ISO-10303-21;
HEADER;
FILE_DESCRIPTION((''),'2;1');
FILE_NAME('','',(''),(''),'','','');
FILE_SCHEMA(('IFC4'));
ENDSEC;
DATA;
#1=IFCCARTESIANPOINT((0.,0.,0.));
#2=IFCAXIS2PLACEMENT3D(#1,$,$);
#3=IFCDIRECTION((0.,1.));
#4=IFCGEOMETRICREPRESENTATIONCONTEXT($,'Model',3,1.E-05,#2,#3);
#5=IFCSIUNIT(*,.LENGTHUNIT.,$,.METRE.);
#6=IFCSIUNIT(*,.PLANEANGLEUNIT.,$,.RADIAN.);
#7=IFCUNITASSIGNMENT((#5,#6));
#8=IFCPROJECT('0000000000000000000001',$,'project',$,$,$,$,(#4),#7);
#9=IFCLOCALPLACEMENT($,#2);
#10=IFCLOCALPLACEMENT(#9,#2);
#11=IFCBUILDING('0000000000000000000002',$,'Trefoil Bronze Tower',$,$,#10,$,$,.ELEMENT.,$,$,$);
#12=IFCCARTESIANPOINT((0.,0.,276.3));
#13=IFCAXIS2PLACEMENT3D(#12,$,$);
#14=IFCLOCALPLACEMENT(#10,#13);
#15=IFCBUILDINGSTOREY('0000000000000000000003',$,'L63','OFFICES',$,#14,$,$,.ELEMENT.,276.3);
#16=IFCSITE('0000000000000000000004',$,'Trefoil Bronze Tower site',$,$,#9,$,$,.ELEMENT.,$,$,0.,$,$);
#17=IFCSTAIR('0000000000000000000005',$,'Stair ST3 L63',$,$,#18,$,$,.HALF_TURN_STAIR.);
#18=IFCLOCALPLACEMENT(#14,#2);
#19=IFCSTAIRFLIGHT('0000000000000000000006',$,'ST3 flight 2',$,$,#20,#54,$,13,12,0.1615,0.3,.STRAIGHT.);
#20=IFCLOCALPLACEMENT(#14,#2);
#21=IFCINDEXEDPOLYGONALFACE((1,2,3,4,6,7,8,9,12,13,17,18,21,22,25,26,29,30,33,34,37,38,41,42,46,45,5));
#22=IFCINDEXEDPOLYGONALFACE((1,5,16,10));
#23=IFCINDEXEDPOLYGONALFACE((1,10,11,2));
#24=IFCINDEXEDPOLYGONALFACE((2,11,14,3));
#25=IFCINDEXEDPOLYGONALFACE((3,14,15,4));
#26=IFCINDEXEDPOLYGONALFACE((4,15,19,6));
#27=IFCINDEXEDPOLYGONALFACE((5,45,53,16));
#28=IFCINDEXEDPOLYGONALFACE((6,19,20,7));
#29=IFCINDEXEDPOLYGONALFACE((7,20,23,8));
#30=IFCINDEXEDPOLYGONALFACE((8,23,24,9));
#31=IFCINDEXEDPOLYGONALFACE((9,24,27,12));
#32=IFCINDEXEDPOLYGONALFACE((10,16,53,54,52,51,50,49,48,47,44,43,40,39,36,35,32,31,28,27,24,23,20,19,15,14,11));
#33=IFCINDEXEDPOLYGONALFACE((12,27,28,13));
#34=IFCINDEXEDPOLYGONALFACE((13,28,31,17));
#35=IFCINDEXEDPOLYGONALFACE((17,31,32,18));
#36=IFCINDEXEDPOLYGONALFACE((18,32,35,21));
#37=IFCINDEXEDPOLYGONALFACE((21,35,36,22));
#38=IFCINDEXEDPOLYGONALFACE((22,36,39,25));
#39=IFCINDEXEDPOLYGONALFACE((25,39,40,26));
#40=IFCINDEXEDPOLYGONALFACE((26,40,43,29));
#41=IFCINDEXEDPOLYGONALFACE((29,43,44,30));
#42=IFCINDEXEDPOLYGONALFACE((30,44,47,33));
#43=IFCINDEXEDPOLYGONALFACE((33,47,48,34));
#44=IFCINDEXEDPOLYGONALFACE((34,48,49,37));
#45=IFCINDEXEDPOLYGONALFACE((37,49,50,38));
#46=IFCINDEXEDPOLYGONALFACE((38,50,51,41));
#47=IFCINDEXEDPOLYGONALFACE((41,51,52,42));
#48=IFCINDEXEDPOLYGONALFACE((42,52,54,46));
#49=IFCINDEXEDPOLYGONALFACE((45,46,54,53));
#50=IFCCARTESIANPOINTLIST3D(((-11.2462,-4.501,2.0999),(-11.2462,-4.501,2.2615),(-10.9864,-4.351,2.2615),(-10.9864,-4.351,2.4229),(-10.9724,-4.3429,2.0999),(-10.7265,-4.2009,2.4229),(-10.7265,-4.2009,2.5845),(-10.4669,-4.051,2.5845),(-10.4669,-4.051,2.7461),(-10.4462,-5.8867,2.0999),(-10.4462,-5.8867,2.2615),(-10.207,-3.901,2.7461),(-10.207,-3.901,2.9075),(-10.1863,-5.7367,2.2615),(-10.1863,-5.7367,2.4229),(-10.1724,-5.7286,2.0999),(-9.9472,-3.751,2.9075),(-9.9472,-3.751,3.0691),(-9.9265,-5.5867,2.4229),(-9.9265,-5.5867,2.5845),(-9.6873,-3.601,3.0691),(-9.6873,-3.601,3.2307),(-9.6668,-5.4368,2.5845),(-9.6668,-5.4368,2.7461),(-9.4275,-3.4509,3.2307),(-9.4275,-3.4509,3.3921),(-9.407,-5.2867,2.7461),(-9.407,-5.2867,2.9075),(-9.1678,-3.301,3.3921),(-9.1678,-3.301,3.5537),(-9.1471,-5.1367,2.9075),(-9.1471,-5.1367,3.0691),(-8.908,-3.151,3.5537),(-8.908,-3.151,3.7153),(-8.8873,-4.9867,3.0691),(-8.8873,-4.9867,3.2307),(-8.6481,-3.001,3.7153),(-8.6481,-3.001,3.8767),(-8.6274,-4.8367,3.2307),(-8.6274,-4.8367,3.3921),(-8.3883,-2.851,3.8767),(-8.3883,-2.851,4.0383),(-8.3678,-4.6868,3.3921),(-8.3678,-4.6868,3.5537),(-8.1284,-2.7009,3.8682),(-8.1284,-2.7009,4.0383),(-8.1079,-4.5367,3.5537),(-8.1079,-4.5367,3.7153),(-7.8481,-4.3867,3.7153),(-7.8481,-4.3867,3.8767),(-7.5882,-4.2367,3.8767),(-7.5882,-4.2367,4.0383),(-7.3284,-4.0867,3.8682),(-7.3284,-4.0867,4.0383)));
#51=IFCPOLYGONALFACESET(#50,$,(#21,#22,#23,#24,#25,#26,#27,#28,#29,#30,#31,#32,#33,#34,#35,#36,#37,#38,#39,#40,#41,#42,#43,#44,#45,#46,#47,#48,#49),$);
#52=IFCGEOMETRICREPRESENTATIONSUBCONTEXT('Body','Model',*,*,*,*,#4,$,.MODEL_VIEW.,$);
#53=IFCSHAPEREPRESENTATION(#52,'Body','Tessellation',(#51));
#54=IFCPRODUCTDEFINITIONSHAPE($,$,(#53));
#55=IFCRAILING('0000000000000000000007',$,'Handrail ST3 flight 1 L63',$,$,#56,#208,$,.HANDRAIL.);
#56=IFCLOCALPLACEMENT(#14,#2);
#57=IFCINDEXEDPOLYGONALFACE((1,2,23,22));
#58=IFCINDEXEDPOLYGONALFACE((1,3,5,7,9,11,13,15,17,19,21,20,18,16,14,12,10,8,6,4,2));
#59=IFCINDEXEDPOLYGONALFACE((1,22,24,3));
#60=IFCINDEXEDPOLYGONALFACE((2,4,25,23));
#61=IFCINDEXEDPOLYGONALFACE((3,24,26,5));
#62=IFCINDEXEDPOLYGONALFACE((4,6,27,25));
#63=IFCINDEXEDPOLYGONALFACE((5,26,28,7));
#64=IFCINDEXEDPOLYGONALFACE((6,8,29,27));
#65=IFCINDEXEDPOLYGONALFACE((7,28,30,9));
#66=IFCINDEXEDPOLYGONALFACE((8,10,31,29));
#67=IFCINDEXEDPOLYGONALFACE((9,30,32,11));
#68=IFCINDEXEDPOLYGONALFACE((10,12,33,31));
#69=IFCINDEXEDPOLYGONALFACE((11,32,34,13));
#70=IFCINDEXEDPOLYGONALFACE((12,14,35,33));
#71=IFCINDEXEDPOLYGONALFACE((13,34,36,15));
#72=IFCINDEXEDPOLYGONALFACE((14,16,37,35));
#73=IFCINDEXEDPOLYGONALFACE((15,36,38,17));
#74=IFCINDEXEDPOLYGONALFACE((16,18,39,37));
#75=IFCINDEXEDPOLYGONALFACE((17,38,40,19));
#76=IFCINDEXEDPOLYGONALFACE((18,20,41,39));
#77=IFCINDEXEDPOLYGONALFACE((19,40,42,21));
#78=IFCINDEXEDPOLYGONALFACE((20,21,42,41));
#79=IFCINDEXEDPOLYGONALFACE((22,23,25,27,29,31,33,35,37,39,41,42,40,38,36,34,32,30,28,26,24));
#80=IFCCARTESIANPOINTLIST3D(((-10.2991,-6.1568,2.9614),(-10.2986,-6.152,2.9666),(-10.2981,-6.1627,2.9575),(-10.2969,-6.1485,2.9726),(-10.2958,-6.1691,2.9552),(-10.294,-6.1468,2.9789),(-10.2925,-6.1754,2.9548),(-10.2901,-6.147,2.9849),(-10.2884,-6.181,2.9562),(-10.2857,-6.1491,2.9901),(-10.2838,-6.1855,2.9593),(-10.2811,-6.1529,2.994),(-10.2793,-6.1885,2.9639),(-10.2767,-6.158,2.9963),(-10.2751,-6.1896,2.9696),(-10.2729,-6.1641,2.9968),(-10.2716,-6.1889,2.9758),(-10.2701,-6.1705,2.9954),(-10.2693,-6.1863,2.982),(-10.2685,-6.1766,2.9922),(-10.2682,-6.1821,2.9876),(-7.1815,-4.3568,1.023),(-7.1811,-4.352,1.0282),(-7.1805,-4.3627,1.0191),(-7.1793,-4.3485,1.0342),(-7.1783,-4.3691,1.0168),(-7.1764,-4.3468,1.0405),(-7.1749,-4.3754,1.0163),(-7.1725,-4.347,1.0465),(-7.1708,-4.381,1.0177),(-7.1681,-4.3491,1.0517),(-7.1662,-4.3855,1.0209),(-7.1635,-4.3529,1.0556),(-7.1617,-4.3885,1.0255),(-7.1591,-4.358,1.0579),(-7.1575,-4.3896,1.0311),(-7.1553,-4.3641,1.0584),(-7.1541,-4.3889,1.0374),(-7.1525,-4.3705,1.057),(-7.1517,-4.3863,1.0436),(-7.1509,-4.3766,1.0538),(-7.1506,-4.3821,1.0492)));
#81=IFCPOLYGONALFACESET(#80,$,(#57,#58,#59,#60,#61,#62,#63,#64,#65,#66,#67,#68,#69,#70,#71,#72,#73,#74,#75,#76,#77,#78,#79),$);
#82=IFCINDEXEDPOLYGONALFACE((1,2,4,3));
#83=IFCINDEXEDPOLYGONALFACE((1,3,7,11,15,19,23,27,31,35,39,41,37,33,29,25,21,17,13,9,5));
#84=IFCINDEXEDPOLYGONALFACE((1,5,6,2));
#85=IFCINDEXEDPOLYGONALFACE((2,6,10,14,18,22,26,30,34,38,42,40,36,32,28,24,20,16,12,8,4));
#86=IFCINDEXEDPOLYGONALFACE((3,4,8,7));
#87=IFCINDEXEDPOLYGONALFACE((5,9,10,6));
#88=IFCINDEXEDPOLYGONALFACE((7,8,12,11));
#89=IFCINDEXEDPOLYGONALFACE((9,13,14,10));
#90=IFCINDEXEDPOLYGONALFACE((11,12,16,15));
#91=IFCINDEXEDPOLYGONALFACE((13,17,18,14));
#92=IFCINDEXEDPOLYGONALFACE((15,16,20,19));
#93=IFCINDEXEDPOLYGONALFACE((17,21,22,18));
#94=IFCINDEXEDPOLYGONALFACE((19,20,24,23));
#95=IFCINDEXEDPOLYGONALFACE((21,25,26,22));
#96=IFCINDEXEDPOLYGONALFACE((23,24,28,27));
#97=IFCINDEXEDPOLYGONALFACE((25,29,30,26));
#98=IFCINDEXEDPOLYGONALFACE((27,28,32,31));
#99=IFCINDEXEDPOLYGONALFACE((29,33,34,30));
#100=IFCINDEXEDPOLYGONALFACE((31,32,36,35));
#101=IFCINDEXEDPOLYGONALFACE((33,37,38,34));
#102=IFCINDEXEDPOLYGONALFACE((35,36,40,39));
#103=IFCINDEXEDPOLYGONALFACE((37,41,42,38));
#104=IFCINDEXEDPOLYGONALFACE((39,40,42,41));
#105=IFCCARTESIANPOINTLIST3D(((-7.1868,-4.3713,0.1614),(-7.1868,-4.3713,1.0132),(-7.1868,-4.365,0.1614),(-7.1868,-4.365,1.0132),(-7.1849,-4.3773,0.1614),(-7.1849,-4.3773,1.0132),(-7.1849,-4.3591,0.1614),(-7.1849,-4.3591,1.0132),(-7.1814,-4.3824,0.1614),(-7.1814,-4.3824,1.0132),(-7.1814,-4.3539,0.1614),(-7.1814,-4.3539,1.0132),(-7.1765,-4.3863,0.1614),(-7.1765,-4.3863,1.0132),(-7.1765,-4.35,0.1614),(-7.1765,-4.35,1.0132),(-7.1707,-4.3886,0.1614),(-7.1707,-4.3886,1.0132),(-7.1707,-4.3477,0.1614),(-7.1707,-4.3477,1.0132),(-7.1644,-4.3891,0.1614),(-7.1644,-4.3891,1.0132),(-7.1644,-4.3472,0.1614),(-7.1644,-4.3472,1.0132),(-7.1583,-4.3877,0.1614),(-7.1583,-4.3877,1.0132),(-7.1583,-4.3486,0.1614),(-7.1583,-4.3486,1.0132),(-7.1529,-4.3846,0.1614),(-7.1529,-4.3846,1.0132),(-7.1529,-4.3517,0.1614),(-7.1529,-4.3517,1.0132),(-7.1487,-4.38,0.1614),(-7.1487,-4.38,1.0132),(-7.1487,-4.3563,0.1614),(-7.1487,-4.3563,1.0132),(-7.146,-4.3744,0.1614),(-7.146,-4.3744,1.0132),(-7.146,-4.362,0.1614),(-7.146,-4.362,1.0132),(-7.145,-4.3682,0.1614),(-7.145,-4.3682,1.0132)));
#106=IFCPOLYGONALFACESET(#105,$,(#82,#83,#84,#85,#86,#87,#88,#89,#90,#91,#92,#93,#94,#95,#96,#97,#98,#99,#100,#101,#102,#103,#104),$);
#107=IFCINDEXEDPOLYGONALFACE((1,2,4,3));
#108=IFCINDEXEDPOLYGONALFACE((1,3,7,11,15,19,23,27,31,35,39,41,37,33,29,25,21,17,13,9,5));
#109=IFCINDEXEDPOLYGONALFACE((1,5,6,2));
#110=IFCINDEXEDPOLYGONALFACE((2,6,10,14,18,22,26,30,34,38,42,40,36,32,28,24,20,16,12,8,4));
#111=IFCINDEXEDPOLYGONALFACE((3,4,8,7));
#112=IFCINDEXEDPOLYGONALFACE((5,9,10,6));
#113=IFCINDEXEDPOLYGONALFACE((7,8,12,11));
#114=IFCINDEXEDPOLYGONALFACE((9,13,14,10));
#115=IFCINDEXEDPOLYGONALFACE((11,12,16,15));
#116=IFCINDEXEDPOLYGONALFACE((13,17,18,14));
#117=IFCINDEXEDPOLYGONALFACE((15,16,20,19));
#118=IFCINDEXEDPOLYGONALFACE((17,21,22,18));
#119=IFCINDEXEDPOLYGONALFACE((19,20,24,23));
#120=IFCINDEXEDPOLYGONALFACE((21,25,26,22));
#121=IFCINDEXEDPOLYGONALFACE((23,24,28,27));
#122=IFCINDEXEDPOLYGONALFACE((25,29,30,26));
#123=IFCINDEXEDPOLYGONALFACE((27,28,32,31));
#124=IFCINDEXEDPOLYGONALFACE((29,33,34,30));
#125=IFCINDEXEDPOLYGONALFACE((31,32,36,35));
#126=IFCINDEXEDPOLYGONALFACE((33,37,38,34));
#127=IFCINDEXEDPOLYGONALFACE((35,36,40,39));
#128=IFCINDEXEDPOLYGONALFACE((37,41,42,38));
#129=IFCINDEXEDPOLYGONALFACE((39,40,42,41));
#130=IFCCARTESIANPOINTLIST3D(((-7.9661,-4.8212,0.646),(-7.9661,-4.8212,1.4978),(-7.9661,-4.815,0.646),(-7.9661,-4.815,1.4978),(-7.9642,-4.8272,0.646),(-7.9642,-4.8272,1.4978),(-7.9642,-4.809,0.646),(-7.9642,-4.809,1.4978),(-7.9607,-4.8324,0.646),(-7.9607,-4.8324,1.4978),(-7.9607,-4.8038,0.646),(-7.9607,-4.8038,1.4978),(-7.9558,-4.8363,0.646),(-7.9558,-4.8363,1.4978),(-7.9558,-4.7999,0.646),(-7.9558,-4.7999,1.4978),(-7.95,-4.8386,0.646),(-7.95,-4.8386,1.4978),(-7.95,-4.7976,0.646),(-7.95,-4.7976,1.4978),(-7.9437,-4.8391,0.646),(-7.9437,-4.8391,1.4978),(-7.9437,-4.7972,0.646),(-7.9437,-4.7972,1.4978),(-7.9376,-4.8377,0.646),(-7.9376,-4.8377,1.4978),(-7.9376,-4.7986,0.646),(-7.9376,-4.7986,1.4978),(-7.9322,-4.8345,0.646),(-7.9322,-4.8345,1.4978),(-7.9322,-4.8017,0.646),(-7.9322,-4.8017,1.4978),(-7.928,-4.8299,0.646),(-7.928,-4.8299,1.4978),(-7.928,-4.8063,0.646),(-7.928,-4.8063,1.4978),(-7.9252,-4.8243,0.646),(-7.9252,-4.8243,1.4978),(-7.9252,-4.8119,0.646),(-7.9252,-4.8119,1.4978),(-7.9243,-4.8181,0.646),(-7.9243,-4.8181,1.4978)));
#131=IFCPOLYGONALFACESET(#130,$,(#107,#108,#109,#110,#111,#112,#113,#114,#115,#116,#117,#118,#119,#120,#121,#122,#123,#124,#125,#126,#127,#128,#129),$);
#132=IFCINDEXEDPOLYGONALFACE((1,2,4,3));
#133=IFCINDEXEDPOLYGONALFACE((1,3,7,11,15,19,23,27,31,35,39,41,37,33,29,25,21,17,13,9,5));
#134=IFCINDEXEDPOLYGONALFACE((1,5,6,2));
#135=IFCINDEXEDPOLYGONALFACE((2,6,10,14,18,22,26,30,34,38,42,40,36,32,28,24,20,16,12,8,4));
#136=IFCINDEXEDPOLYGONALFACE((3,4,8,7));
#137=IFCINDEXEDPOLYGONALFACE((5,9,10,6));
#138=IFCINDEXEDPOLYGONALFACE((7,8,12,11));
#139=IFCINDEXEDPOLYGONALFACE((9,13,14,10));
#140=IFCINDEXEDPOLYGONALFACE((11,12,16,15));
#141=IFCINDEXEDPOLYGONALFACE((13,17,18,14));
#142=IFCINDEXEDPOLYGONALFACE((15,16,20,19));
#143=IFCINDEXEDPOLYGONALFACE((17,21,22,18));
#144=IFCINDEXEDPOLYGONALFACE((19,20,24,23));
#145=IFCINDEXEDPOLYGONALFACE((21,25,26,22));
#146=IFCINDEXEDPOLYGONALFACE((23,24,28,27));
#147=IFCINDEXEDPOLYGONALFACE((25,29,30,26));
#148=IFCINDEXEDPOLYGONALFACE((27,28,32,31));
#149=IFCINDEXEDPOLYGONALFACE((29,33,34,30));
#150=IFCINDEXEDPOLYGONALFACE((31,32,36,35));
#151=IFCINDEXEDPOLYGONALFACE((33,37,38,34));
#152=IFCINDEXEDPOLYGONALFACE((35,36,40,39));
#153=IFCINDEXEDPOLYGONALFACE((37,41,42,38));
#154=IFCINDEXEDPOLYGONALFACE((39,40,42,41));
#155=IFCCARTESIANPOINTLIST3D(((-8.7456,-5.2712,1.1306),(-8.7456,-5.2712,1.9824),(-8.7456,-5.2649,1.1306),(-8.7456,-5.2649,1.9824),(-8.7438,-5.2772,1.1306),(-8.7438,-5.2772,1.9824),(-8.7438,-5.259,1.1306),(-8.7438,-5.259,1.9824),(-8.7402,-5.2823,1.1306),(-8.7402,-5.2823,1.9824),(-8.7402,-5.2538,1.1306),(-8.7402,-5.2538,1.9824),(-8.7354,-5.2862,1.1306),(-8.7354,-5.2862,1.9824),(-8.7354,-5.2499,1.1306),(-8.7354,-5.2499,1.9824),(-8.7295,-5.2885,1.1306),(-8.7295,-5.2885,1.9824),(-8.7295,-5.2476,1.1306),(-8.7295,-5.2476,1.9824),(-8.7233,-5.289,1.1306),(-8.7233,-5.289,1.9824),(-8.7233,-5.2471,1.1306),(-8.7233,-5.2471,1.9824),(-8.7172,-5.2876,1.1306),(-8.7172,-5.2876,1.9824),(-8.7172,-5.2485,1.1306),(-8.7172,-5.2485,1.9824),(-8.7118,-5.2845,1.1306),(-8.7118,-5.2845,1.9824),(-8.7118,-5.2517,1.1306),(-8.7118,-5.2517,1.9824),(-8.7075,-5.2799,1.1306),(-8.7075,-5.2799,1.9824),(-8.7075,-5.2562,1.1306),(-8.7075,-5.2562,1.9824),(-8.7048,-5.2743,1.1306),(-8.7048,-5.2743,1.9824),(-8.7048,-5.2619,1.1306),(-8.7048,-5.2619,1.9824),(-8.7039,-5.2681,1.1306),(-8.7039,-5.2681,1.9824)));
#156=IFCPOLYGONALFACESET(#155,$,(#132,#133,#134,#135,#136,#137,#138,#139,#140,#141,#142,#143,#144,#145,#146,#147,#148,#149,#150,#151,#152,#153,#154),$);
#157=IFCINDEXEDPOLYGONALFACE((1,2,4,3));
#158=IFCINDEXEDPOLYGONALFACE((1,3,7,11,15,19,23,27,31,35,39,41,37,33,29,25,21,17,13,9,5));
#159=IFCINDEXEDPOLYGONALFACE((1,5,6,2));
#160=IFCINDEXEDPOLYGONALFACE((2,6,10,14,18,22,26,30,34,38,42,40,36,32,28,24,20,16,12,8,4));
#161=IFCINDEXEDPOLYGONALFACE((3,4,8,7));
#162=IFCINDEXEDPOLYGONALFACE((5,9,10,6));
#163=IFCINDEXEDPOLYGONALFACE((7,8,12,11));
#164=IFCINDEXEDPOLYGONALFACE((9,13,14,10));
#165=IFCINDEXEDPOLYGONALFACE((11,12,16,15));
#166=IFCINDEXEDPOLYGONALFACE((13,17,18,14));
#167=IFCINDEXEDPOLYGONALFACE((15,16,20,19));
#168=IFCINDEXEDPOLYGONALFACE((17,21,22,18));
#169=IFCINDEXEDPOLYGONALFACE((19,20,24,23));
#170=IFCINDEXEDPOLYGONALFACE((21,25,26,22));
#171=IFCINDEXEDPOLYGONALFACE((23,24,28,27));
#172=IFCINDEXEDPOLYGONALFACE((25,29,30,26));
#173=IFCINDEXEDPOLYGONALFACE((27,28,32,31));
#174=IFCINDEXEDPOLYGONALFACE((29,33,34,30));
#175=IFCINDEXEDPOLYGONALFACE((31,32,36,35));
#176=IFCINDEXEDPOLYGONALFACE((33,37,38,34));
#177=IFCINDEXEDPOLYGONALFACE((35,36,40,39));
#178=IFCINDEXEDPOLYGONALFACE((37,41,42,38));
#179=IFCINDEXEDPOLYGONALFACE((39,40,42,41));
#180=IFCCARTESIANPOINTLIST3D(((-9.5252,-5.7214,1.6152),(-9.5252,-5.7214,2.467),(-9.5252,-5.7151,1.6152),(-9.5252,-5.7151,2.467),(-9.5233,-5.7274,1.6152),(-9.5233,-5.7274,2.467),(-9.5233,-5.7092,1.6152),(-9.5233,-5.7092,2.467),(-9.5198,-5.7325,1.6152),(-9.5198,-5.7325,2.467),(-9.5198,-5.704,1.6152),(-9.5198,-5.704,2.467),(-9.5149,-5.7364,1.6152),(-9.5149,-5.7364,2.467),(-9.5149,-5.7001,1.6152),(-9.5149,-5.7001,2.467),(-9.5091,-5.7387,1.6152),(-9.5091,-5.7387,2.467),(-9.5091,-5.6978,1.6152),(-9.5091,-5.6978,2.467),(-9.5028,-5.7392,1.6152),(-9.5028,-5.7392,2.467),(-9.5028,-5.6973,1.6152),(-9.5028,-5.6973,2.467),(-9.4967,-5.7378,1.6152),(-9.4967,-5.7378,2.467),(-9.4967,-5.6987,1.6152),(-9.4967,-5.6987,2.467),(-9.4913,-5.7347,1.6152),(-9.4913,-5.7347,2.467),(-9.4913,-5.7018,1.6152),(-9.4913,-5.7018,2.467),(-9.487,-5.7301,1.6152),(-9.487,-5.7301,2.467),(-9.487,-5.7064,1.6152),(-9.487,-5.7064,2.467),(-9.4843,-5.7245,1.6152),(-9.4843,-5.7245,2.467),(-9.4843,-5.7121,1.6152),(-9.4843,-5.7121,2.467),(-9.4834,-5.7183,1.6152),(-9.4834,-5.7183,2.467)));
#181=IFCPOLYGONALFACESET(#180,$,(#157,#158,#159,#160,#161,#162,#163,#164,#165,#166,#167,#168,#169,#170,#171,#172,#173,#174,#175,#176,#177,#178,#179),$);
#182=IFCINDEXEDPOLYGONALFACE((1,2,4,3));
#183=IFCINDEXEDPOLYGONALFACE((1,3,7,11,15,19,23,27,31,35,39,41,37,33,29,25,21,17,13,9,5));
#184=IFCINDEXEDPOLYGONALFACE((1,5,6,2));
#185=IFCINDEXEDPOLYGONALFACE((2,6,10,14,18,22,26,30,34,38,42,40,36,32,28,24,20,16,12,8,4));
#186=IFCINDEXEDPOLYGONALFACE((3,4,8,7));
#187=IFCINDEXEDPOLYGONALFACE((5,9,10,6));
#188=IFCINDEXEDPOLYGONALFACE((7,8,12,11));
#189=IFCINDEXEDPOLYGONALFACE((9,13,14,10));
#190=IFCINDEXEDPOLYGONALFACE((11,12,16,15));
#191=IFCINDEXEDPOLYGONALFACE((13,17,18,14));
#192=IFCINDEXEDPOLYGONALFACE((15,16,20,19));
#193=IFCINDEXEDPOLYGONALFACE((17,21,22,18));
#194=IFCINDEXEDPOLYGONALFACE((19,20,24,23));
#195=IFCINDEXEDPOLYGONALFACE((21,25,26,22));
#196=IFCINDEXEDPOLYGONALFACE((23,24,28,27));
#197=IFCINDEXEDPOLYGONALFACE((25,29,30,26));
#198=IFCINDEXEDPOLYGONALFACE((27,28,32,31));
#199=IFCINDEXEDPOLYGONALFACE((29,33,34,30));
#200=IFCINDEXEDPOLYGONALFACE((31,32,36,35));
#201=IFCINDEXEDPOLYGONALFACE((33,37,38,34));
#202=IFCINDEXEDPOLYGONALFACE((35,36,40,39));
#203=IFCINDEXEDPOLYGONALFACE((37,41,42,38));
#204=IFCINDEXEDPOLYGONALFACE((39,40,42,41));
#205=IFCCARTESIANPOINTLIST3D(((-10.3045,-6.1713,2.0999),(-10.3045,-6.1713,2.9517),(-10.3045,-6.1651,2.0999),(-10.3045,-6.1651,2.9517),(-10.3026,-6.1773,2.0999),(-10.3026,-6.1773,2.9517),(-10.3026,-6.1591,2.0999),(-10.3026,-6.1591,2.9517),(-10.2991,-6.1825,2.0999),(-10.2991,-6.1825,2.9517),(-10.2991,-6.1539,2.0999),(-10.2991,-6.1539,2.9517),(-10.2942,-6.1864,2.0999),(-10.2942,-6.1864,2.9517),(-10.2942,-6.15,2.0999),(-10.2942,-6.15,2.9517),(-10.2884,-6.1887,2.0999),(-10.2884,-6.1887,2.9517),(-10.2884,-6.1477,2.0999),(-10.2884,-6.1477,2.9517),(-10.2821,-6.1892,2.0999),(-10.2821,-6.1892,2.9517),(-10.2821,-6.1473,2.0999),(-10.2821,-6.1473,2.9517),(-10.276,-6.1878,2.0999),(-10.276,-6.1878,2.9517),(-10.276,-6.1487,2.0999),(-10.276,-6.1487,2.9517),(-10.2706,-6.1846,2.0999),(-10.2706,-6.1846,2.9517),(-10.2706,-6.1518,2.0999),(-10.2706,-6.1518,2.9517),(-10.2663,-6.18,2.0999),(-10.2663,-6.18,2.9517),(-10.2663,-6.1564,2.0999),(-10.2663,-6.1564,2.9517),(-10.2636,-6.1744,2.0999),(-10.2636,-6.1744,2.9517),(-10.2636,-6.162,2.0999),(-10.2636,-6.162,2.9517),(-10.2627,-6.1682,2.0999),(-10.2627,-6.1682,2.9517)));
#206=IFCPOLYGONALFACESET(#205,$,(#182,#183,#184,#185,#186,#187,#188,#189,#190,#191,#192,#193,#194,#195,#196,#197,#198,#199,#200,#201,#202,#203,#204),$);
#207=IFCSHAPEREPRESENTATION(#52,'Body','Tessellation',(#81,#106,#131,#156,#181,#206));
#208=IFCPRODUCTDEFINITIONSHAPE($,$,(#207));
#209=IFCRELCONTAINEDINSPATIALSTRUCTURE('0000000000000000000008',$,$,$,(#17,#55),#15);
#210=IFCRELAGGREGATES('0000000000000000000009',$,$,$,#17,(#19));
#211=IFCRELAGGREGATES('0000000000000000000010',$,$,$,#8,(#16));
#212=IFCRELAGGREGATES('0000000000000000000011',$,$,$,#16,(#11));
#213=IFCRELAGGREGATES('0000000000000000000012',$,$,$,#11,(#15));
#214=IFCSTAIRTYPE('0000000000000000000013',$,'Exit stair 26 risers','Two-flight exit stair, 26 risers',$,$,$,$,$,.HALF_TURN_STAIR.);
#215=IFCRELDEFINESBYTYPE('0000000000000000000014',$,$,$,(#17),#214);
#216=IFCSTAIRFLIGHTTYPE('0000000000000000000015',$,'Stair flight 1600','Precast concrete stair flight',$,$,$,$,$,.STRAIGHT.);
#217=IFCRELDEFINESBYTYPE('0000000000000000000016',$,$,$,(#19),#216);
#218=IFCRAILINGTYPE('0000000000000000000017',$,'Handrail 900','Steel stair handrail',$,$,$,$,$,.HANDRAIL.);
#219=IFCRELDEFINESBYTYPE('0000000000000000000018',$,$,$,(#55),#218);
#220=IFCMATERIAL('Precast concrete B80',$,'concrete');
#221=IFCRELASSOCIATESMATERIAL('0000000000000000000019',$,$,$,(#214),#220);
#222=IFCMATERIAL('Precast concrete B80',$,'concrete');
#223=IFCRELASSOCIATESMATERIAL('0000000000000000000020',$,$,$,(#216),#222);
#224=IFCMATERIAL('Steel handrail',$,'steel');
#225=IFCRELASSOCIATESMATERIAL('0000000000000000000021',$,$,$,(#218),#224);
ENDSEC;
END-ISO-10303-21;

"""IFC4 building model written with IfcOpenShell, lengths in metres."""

from ifc_helpers import new_model, si_unit, direction, frame, origin, origin_2d, place, context, subcontext, project, spatial, polyline, circle, outline, extrude, material, type_object, element, aggregate, save


model = new_model("IFC4")

# Units and contexts
model_context = context("Model", 3, precision=1e-05, world=origin(), true_north=direction((0.0, 1.0)))
body_context = subcontext(model_context, "Body", "Model", "MODEL_VIEW")
ifc_project = project(units=[si_unit("LENGTHUNIT", "METRE"), si_unit("PLANEANGLEUNIT", "RADIAN")], contexts=[model_context])

# Site, building, storey
site_placement = place(None, origin())
site = spatial("IfcSite", under=ifc_project, at=site_placement, Name="Trefoil Bronze Tower site", CompositionType="ELEMENT", RefElevation=0.0)
building_placement = place(site_placement, origin())
building = spatial("IfcBuilding", under=site, at=building_placement, Name="Trefoil Bronze Tower", CompositionType="ELEMENT")
storey_placement = place(building_placement, frame((0.0, 0.0, 276.3)))
storey = spatial("IfcBuildingStorey", under=building, at=storey_placement, Name="L63", Description="OFFICES", CompositionType="ELEMENT", Elevation=276.3)

# Stair, stair flight
ifc_material_1 = material(Name="Precast concrete B80", Category="concrete")
stair_type = type_object("IfcStairType", Name="Exit stair 26 risers", Description="Two-flight exit stair, 26 risers", PredefinedType="HALF_TURN_STAIR", material=ifc_material_1)
stair_placement = place(storey_placement, origin())
stair = element("IfcStair", 1, at=stair_placement, inside=storey, type_object=stair_type, Name="Stair ST3 L63", PredefinedType="HALF_TURN_STAIR")
ifc_material_2 = material(Name="Precast concrete B80", Category="concrete")
stair_flight_type = type_object("IfcStairFlightType", Name="Stair flight 1600", Description="Precast concrete stair flight", PredefinedType="STRAIGHT", material=ifc_material_2)
stair_flight_1_placement = place(storey_placement, frame((-10.8462, -5.1938, 2.0999), z_axis=(0.0, 0.0, 1.0), x_axis=(0.866025, 0.5, 0.0)))
stair_flight_1 = element("IfcStairFlight", 2, at=stair_flight_1_placement, type_object=stair_flight_type, Name="ST3 flight 2", NumberOfRisers=13, NumberOfTreads=12, PredefinedType="STRAIGHT", RiserHeight=0.1615, TreadLength=0.3, context=body_context, shape_type="SweptSolid", body=[
    extrude(outline(polyline([(0.0, 0.0), (0.0, 0.1616), (0.3, 0.1616), (0.3, 0.323), (0.6001, 0.323), (0.6001, 0.4846), (0.8999, 0.4846), (0.8999, 0.6462), (1.2, 0.6462), (1.2, 0.8076), (1.5, 0.8076), (1.5, 0.9692), (1.8, 0.9692), (1.8, 1.1309), (2.1001, 1.1309), (2.1001, 1.2922), (2.3999, 1.2922), (2.3999, 1.4539), (2.7, 1.4539), (2.7, 1.6155), (3.0, 1.6155), (3.0, 1.7769), (3.3, 1.7769), (3.3, 1.9385), (3.6001, 1.9385), (3.6001, 2.1001), (3.6001, 1.7683), (0.3162, 0.0), (0.0, 0.0)])), frame((0.0, 0.8, 0.0), z_axis=(0.0, -1.0, 0.0), x_axis=(1.0, 0.0, 0.0)), (0.0, 0.0, 1.0), 1.6001),
])
aggregate(stair, [stair_flight_1])

# Railing
ifc_material_3 = material(Name="Steel handrail", Category="steel")
railing_type = type_object("IfcRailingType", Name="Handrail 900", Description="Steel stair handrail", PredefinedType="HANDRAIL", material=ifc_material_3)
railing_placement = place(storey_placement, frame((-7.166, -4.3682, 0.1614)))
element("IfcRailing", 3, at=railing_placement, inside=storey, type_object=railing_type, Name="Handrail ST3 flight 1 L63", PredefinedType="HANDRAIL", context=body_context, shape_type="SweptSolid", body=[
    extrude(circle(Radius=0.0239, at=origin_2d()), frame((0.0, 0.0, 0.876), z_axis=(-0.762503, -0.440246, 0.474102), x_axis=(0.500012, -0.866018, 0.0)), (0.0, 0.0, 1.0), 4.0886),
    extrude(circle(Radius=0.021, at=origin_2d()), origin(), (0.0, 0.0, 1.0), 0.8518),
    extrude(circle(Radius=0.021, at=origin_2d()), frame((-0.7793, -0.45, 0.4846)), (0.0, 0.0, 1.0), 0.8518),
    extrude(circle(Radius=0.021, at=origin_2d()), frame((-1.5588, -0.8999, 0.9692)), (0.0, 0.0, 1.0), 0.8518),
    extrude(circle(Radius=0.021, at=origin_2d()), frame((-2.3384, -1.3501, 1.4539)), (0.0, 0.0, 1.0), 0.8518),
    extrude(circle(Radius=0.021, at=origin_2d()), frame((-3.1177, -1.8, 1.9385)), (0.0, 0.0, 1.0), 0.8518),
])

save(model, "model.ifc")
